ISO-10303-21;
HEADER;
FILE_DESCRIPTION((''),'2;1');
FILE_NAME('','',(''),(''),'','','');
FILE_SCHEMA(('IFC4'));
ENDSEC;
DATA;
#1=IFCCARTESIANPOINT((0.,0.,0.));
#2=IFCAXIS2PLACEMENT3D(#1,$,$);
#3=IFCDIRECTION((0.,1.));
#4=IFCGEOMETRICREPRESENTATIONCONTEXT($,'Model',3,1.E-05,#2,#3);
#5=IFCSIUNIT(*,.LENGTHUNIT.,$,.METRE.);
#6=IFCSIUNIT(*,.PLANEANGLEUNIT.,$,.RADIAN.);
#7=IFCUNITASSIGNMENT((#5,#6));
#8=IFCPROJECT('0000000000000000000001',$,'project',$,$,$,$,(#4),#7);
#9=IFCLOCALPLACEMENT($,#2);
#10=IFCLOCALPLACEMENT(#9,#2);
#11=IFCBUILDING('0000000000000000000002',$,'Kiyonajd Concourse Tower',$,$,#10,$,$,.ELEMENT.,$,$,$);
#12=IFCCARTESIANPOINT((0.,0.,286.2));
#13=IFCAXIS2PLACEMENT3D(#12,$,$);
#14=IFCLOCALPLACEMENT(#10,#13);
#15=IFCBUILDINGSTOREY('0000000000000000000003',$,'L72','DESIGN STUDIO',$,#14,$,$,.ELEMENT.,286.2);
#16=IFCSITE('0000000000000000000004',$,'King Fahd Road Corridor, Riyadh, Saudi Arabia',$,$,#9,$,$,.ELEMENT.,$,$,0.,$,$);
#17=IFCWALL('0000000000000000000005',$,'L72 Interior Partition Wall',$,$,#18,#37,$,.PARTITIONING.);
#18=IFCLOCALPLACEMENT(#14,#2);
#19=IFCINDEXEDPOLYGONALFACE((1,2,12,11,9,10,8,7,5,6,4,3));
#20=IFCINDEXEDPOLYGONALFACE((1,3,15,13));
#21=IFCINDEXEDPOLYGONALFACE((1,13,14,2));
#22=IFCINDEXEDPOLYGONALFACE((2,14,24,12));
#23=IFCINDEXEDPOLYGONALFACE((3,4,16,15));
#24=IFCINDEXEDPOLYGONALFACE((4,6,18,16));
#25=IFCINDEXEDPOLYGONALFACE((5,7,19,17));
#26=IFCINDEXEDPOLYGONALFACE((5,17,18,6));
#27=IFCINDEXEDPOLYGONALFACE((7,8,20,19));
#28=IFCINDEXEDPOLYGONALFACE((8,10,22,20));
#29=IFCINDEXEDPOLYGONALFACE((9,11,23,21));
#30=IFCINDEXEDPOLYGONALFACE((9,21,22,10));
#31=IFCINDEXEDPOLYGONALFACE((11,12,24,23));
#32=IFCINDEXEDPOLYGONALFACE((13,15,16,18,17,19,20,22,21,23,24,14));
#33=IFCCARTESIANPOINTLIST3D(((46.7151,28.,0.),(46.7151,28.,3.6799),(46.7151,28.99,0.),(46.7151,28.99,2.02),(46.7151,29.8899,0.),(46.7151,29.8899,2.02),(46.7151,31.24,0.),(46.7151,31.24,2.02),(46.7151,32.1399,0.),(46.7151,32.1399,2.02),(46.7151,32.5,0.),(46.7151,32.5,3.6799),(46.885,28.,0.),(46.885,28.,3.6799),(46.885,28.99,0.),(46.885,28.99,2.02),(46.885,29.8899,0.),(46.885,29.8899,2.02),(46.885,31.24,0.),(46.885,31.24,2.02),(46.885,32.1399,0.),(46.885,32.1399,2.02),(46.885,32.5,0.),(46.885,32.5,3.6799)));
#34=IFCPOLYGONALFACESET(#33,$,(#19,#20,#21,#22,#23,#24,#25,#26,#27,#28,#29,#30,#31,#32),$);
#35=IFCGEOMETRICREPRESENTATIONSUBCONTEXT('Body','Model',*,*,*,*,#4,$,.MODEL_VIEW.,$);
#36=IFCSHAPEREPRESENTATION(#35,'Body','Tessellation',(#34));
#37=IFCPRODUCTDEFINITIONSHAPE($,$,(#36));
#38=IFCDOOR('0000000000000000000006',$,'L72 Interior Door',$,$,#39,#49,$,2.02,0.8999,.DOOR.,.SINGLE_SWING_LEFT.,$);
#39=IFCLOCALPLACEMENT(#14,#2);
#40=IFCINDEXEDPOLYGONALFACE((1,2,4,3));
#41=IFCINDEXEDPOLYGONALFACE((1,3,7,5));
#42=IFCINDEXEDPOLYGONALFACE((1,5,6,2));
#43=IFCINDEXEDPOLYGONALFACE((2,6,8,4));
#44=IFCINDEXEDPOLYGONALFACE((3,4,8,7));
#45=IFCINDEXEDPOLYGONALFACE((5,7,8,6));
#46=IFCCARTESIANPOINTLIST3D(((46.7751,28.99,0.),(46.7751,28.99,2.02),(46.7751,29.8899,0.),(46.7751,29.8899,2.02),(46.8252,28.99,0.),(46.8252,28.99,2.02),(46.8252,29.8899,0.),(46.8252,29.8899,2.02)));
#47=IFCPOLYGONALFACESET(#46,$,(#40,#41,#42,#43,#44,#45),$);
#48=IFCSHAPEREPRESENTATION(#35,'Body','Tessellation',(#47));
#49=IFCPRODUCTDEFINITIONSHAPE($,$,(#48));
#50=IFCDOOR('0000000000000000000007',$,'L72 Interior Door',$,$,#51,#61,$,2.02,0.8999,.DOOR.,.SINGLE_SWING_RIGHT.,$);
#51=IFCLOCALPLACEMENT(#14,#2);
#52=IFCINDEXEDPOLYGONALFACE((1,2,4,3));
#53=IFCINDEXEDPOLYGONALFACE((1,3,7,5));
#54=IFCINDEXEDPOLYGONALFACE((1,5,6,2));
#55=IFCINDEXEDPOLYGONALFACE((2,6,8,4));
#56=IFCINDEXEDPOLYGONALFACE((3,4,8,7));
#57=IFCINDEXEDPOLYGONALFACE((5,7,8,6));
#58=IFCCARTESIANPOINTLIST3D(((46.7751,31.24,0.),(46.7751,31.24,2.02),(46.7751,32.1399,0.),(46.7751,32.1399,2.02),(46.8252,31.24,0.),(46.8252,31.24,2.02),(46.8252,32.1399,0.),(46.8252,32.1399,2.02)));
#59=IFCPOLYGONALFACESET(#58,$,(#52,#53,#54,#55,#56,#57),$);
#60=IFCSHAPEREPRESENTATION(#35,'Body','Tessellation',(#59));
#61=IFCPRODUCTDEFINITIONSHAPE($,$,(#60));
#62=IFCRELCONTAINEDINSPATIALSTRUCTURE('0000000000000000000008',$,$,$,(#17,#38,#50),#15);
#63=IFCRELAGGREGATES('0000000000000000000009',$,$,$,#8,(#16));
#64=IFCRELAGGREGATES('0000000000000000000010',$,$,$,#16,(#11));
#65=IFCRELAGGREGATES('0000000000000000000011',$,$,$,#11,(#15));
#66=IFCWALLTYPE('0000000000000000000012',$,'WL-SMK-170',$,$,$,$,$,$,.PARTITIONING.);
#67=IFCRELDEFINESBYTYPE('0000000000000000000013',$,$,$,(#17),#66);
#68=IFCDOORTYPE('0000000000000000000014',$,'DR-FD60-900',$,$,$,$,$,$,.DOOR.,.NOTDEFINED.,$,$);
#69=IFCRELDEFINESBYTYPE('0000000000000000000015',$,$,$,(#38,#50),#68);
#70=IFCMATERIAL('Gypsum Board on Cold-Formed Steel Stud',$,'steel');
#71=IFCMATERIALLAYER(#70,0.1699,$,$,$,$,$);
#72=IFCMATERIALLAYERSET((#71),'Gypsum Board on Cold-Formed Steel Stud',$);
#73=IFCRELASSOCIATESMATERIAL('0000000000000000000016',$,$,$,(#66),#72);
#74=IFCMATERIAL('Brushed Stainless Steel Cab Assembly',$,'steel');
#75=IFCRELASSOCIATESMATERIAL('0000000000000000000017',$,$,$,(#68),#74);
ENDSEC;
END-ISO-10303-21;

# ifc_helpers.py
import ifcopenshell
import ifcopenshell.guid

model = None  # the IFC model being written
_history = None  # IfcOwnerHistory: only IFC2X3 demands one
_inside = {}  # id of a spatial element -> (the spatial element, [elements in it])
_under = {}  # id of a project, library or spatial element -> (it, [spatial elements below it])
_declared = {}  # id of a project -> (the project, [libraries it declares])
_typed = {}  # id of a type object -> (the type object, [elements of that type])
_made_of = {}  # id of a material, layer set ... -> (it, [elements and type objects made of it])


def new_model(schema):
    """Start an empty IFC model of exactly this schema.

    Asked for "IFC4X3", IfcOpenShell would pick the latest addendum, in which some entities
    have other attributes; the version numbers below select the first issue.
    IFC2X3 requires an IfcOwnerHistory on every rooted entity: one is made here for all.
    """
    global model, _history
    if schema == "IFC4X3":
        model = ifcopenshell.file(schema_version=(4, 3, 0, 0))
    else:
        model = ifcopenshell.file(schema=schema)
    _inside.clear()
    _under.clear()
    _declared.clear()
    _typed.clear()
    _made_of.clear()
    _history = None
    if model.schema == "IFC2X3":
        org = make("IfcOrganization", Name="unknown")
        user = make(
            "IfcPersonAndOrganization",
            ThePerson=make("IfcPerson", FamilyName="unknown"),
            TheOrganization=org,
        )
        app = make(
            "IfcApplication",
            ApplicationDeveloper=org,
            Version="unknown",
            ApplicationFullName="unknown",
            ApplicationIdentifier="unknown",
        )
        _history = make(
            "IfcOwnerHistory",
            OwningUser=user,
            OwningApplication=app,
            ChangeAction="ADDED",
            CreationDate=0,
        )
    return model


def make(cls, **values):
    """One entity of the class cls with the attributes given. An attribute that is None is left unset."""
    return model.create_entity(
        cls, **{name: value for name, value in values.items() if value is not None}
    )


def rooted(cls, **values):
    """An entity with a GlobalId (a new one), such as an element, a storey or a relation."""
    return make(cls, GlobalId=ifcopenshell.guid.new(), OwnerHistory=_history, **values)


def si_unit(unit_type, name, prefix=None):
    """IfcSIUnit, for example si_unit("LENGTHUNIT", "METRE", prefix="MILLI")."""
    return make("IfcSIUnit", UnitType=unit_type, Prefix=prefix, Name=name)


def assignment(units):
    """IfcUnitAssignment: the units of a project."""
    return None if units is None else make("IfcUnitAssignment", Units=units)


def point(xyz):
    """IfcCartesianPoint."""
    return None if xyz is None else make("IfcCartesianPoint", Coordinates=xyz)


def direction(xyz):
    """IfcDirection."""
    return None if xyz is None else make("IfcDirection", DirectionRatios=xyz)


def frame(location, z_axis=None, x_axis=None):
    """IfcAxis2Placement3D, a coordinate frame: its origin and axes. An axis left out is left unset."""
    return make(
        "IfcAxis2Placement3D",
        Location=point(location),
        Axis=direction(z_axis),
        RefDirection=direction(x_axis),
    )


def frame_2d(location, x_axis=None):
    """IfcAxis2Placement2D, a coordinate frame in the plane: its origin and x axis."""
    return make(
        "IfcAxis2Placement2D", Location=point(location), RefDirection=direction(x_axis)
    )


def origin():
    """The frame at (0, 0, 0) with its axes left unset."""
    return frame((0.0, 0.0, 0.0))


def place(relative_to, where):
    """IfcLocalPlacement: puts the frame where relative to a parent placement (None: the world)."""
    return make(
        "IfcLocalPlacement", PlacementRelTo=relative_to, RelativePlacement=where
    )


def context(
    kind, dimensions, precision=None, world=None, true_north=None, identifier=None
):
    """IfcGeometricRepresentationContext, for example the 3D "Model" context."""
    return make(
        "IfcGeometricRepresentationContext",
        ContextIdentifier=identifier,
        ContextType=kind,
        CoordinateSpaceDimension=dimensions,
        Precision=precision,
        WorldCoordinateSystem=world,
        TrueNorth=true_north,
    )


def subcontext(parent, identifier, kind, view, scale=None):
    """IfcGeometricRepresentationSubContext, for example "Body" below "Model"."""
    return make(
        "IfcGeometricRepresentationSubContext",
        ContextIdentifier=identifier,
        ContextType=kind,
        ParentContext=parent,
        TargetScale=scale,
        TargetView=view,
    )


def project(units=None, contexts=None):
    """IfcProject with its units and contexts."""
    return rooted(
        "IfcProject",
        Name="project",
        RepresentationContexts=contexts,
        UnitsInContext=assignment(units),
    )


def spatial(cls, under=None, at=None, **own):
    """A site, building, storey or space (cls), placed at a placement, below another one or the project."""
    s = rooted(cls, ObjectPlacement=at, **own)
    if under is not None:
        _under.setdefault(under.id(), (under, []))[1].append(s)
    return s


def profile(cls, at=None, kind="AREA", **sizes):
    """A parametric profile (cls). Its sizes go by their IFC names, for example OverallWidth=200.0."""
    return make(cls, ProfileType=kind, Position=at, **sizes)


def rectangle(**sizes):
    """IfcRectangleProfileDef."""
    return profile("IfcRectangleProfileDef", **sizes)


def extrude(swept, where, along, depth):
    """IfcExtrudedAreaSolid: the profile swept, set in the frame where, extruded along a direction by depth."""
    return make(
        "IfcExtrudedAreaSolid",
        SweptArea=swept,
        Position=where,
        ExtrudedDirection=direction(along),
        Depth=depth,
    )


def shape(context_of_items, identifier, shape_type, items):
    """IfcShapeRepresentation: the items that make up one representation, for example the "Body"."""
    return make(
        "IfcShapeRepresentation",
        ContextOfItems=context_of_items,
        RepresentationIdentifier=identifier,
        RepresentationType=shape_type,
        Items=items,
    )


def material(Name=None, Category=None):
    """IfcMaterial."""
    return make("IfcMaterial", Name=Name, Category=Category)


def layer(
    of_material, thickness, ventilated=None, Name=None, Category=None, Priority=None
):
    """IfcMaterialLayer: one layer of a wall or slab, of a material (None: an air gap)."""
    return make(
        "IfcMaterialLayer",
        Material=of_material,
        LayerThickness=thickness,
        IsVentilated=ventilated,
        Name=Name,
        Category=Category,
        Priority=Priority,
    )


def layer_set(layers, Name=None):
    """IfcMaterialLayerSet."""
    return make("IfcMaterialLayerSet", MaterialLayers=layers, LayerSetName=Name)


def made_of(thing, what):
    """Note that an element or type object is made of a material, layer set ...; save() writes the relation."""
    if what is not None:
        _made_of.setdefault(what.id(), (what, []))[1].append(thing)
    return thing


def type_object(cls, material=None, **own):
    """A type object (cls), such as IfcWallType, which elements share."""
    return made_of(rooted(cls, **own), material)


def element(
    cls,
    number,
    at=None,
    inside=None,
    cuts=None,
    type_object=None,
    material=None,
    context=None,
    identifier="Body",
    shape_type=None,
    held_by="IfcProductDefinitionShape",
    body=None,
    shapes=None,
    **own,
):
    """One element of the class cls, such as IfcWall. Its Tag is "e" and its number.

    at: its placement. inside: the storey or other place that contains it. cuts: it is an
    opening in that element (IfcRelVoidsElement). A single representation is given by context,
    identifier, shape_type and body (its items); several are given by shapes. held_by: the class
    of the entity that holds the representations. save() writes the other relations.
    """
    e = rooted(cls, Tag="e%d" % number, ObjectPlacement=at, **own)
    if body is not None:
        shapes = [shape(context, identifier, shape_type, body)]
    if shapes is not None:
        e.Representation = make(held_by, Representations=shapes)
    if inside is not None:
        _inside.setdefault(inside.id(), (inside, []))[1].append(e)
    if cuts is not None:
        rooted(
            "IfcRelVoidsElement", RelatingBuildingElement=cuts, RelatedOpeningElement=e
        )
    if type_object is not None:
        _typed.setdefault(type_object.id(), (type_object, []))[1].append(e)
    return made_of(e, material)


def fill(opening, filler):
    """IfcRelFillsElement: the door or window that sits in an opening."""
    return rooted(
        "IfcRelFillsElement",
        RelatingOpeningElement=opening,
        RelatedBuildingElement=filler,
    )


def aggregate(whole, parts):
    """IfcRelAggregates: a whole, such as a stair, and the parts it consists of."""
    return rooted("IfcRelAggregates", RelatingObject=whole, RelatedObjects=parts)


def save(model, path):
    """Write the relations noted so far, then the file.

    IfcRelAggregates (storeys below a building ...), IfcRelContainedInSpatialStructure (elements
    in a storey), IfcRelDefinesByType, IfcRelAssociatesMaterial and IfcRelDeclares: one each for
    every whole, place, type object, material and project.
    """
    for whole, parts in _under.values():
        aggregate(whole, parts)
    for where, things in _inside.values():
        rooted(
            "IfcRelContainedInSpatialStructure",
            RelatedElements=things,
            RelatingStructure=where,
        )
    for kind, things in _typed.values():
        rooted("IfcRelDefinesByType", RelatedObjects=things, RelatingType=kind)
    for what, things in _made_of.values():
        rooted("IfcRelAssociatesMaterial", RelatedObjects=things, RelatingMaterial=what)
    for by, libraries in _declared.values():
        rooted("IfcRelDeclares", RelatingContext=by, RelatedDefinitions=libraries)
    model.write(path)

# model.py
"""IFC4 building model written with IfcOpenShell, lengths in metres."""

from ifc_helpers import new_model, si_unit, direction, frame, frame_2d, origin, place, context, subcontext, project, spatial, rectangle, extrude, material, layer, layer_set, type_object, element, fill, save


model = new_model("IFC4")

# Units and contexts
model_context = context("Model", 3, precision=1e-05, world=origin(), true_north=direction((0.0, 1.0)))
body_context = subcontext(model_context, "Body", "Model", "MODEL_VIEW")
ifc_project = project(units=[si_unit("LENGTHUNIT", "METRE"), si_unit("PLANEANGLEUNIT", "RADIAN")], contexts=[model_context])

# Site, building, storey
site_placement = place(None, origin())
site = spatial("IfcSite", under=ifc_project, at=site_placement, Name="King Fahd Road Corridor, Riyadh, Saudi Arabia", CompositionType="ELEMENT", RefElevation=0.0)
building_placement = place(site_placement, origin())
building = spatial("IfcBuilding", under=site, at=building_placement, Name="Kiyonajd Concourse Tower", CompositionType="ELEMENT")
storey_placement = place(building_placement, frame((0.0, 0.0, 286.2)))
storey = spatial("IfcBuildingStorey", under=building, at=storey_placement, Name="L72", Description="DESIGN STUDIO", CompositionType="ELEMENT", Elevation=286.2)

# Shared definitions
ifc_material_1 = material(Name="Brushed Stainless Steel Cab Assembly", Category="steel")

# Wall, openings, doors
ifc_material_2 = material(Name="Gypsum Board on Cold-Formed Steel Stud", Category="steel")
ifc_layer_1 = layer(ifc_material_2, 0.1699)
ifc_layer_set_1 = layer_set([ifc_layer_1], Name="Gypsum Board on Cold-Formed Steel Stud")
wall_type_1 = type_object("IfcWallType", Name="WL-SMK-170", PredefinedType="PARTITIONING", material=ifc_layer_set_1)
wall_1_placement = place(storey_placement, frame((46.8, 28.0, 0.0), z_axis=(0.0, 0.0, 1.0), x_axis=(0.0, 1.0, 0.0)))
wall_1 = element("IfcWall", 1, at=wall_1_placement, inside=storey, type_object=wall_type_1, Name="L72 Interior Partition Wall", PredefinedType="PARTITIONING", context=body_context, shape_type="SweptSolid", body=[
    extrude(rectangle(XDim=4.5, YDim=0.1699, at=frame_2d((2.25, 0.0))), origin(), (0.0, 0.0, 1.0), 3.6799),
])
opening_1_placement = place(wall_1_placement, frame((0.99, 0.0, 0.0)))
opening_1 = element("IfcOpeningElement", 2, at=opening_1_placement, cuts=wall_1, PredefinedType="OPENING", context=body_context, shape_type="SweptSolid", body=[
    extrude(rectangle(XDim=0.8999, YDim=2.02, at=frame_2d((0.45, 1.01))), frame((0.0, 0.095, 0.0), z_axis=(0.0, -1.0, 0.0), x_axis=(1.0, 0.0, 0.0)), (0.0, 0.0, 1.0), 0.1899),
])
opening_2_placement = place(wall_1_placement, frame((3.24, 0.0, 0.0)))
opening_2 = element("IfcOpeningElement", 3, at=opening_2_placement, cuts=wall_1, PredefinedType="OPENING", context=body_context, shape_type="SweptSolid", body=[
    extrude(rectangle(XDim=0.8999, YDim=2.02, at=frame_2d((0.45, 1.01))), frame((0.0, 0.095, 0.0), z_axis=(0.0, -1.0, 0.0), x_axis=(1.0, 0.0, 0.0)), (0.0, 0.0, 1.0), 0.1899),
])
door_type_1 = type_object("IfcDoorType", Name="DR-FD60-900", OperationType="NOTDEFINED", PredefinedType="DOOR", material=ifc_material_1)
door_1_placement = place(opening_1_placement, origin())
door_1 = element("IfcDoor", 4, at=door_1_placement, inside=storey, type_object=door_type_1, Name="L72 Interior Door", OperationType="SINGLE_SWING_LEFT", OverallHeight=2.02, OverallWidth=0.8999, PredefinedType="DOOR", context=body_context, shape_type="SweptSolid", body=[
    extrude(rectangle(XDim=0.8999, YDim=2.02, at=frame_2d((0.45, 1.01))), frame((0.0, 0.0249, 0.0), z_axis=(0.0, -1.0, 0.0), x_axis=(1.0, 0.0, 0.0)), (0.0, 0.0, 1.0), 0.05),
])
fill(opening_1, door_1)
door_2_placement = place(opening_2_placement, origin())
door_2 = element("IfcDoor", 5, at=door_2_placement, inside=storey, type_object=door_type_1, Name="L72 Interior Door", OperationType="SINGLE_SWING_RIGHT", OverallHeight=2.02, OverallWidth=0.8999, PredefinedType="DOOR", context=body_context, shape_type="SweptSolid", body=[
    extrude(rectangle(XDim=0.8999, YDim=2.02, at=frame_2d((0.45, 1.01))), frame((0.0, 0.0249, 0.0), z_axis=(0.0, -1.0, 0.0), x_axis=(1.0, 0.0, 0.0)), (0.0, 0.0, 1.0), 0.05),
])
fill(opening_2, door_2)

save(model, "model.ifc")
